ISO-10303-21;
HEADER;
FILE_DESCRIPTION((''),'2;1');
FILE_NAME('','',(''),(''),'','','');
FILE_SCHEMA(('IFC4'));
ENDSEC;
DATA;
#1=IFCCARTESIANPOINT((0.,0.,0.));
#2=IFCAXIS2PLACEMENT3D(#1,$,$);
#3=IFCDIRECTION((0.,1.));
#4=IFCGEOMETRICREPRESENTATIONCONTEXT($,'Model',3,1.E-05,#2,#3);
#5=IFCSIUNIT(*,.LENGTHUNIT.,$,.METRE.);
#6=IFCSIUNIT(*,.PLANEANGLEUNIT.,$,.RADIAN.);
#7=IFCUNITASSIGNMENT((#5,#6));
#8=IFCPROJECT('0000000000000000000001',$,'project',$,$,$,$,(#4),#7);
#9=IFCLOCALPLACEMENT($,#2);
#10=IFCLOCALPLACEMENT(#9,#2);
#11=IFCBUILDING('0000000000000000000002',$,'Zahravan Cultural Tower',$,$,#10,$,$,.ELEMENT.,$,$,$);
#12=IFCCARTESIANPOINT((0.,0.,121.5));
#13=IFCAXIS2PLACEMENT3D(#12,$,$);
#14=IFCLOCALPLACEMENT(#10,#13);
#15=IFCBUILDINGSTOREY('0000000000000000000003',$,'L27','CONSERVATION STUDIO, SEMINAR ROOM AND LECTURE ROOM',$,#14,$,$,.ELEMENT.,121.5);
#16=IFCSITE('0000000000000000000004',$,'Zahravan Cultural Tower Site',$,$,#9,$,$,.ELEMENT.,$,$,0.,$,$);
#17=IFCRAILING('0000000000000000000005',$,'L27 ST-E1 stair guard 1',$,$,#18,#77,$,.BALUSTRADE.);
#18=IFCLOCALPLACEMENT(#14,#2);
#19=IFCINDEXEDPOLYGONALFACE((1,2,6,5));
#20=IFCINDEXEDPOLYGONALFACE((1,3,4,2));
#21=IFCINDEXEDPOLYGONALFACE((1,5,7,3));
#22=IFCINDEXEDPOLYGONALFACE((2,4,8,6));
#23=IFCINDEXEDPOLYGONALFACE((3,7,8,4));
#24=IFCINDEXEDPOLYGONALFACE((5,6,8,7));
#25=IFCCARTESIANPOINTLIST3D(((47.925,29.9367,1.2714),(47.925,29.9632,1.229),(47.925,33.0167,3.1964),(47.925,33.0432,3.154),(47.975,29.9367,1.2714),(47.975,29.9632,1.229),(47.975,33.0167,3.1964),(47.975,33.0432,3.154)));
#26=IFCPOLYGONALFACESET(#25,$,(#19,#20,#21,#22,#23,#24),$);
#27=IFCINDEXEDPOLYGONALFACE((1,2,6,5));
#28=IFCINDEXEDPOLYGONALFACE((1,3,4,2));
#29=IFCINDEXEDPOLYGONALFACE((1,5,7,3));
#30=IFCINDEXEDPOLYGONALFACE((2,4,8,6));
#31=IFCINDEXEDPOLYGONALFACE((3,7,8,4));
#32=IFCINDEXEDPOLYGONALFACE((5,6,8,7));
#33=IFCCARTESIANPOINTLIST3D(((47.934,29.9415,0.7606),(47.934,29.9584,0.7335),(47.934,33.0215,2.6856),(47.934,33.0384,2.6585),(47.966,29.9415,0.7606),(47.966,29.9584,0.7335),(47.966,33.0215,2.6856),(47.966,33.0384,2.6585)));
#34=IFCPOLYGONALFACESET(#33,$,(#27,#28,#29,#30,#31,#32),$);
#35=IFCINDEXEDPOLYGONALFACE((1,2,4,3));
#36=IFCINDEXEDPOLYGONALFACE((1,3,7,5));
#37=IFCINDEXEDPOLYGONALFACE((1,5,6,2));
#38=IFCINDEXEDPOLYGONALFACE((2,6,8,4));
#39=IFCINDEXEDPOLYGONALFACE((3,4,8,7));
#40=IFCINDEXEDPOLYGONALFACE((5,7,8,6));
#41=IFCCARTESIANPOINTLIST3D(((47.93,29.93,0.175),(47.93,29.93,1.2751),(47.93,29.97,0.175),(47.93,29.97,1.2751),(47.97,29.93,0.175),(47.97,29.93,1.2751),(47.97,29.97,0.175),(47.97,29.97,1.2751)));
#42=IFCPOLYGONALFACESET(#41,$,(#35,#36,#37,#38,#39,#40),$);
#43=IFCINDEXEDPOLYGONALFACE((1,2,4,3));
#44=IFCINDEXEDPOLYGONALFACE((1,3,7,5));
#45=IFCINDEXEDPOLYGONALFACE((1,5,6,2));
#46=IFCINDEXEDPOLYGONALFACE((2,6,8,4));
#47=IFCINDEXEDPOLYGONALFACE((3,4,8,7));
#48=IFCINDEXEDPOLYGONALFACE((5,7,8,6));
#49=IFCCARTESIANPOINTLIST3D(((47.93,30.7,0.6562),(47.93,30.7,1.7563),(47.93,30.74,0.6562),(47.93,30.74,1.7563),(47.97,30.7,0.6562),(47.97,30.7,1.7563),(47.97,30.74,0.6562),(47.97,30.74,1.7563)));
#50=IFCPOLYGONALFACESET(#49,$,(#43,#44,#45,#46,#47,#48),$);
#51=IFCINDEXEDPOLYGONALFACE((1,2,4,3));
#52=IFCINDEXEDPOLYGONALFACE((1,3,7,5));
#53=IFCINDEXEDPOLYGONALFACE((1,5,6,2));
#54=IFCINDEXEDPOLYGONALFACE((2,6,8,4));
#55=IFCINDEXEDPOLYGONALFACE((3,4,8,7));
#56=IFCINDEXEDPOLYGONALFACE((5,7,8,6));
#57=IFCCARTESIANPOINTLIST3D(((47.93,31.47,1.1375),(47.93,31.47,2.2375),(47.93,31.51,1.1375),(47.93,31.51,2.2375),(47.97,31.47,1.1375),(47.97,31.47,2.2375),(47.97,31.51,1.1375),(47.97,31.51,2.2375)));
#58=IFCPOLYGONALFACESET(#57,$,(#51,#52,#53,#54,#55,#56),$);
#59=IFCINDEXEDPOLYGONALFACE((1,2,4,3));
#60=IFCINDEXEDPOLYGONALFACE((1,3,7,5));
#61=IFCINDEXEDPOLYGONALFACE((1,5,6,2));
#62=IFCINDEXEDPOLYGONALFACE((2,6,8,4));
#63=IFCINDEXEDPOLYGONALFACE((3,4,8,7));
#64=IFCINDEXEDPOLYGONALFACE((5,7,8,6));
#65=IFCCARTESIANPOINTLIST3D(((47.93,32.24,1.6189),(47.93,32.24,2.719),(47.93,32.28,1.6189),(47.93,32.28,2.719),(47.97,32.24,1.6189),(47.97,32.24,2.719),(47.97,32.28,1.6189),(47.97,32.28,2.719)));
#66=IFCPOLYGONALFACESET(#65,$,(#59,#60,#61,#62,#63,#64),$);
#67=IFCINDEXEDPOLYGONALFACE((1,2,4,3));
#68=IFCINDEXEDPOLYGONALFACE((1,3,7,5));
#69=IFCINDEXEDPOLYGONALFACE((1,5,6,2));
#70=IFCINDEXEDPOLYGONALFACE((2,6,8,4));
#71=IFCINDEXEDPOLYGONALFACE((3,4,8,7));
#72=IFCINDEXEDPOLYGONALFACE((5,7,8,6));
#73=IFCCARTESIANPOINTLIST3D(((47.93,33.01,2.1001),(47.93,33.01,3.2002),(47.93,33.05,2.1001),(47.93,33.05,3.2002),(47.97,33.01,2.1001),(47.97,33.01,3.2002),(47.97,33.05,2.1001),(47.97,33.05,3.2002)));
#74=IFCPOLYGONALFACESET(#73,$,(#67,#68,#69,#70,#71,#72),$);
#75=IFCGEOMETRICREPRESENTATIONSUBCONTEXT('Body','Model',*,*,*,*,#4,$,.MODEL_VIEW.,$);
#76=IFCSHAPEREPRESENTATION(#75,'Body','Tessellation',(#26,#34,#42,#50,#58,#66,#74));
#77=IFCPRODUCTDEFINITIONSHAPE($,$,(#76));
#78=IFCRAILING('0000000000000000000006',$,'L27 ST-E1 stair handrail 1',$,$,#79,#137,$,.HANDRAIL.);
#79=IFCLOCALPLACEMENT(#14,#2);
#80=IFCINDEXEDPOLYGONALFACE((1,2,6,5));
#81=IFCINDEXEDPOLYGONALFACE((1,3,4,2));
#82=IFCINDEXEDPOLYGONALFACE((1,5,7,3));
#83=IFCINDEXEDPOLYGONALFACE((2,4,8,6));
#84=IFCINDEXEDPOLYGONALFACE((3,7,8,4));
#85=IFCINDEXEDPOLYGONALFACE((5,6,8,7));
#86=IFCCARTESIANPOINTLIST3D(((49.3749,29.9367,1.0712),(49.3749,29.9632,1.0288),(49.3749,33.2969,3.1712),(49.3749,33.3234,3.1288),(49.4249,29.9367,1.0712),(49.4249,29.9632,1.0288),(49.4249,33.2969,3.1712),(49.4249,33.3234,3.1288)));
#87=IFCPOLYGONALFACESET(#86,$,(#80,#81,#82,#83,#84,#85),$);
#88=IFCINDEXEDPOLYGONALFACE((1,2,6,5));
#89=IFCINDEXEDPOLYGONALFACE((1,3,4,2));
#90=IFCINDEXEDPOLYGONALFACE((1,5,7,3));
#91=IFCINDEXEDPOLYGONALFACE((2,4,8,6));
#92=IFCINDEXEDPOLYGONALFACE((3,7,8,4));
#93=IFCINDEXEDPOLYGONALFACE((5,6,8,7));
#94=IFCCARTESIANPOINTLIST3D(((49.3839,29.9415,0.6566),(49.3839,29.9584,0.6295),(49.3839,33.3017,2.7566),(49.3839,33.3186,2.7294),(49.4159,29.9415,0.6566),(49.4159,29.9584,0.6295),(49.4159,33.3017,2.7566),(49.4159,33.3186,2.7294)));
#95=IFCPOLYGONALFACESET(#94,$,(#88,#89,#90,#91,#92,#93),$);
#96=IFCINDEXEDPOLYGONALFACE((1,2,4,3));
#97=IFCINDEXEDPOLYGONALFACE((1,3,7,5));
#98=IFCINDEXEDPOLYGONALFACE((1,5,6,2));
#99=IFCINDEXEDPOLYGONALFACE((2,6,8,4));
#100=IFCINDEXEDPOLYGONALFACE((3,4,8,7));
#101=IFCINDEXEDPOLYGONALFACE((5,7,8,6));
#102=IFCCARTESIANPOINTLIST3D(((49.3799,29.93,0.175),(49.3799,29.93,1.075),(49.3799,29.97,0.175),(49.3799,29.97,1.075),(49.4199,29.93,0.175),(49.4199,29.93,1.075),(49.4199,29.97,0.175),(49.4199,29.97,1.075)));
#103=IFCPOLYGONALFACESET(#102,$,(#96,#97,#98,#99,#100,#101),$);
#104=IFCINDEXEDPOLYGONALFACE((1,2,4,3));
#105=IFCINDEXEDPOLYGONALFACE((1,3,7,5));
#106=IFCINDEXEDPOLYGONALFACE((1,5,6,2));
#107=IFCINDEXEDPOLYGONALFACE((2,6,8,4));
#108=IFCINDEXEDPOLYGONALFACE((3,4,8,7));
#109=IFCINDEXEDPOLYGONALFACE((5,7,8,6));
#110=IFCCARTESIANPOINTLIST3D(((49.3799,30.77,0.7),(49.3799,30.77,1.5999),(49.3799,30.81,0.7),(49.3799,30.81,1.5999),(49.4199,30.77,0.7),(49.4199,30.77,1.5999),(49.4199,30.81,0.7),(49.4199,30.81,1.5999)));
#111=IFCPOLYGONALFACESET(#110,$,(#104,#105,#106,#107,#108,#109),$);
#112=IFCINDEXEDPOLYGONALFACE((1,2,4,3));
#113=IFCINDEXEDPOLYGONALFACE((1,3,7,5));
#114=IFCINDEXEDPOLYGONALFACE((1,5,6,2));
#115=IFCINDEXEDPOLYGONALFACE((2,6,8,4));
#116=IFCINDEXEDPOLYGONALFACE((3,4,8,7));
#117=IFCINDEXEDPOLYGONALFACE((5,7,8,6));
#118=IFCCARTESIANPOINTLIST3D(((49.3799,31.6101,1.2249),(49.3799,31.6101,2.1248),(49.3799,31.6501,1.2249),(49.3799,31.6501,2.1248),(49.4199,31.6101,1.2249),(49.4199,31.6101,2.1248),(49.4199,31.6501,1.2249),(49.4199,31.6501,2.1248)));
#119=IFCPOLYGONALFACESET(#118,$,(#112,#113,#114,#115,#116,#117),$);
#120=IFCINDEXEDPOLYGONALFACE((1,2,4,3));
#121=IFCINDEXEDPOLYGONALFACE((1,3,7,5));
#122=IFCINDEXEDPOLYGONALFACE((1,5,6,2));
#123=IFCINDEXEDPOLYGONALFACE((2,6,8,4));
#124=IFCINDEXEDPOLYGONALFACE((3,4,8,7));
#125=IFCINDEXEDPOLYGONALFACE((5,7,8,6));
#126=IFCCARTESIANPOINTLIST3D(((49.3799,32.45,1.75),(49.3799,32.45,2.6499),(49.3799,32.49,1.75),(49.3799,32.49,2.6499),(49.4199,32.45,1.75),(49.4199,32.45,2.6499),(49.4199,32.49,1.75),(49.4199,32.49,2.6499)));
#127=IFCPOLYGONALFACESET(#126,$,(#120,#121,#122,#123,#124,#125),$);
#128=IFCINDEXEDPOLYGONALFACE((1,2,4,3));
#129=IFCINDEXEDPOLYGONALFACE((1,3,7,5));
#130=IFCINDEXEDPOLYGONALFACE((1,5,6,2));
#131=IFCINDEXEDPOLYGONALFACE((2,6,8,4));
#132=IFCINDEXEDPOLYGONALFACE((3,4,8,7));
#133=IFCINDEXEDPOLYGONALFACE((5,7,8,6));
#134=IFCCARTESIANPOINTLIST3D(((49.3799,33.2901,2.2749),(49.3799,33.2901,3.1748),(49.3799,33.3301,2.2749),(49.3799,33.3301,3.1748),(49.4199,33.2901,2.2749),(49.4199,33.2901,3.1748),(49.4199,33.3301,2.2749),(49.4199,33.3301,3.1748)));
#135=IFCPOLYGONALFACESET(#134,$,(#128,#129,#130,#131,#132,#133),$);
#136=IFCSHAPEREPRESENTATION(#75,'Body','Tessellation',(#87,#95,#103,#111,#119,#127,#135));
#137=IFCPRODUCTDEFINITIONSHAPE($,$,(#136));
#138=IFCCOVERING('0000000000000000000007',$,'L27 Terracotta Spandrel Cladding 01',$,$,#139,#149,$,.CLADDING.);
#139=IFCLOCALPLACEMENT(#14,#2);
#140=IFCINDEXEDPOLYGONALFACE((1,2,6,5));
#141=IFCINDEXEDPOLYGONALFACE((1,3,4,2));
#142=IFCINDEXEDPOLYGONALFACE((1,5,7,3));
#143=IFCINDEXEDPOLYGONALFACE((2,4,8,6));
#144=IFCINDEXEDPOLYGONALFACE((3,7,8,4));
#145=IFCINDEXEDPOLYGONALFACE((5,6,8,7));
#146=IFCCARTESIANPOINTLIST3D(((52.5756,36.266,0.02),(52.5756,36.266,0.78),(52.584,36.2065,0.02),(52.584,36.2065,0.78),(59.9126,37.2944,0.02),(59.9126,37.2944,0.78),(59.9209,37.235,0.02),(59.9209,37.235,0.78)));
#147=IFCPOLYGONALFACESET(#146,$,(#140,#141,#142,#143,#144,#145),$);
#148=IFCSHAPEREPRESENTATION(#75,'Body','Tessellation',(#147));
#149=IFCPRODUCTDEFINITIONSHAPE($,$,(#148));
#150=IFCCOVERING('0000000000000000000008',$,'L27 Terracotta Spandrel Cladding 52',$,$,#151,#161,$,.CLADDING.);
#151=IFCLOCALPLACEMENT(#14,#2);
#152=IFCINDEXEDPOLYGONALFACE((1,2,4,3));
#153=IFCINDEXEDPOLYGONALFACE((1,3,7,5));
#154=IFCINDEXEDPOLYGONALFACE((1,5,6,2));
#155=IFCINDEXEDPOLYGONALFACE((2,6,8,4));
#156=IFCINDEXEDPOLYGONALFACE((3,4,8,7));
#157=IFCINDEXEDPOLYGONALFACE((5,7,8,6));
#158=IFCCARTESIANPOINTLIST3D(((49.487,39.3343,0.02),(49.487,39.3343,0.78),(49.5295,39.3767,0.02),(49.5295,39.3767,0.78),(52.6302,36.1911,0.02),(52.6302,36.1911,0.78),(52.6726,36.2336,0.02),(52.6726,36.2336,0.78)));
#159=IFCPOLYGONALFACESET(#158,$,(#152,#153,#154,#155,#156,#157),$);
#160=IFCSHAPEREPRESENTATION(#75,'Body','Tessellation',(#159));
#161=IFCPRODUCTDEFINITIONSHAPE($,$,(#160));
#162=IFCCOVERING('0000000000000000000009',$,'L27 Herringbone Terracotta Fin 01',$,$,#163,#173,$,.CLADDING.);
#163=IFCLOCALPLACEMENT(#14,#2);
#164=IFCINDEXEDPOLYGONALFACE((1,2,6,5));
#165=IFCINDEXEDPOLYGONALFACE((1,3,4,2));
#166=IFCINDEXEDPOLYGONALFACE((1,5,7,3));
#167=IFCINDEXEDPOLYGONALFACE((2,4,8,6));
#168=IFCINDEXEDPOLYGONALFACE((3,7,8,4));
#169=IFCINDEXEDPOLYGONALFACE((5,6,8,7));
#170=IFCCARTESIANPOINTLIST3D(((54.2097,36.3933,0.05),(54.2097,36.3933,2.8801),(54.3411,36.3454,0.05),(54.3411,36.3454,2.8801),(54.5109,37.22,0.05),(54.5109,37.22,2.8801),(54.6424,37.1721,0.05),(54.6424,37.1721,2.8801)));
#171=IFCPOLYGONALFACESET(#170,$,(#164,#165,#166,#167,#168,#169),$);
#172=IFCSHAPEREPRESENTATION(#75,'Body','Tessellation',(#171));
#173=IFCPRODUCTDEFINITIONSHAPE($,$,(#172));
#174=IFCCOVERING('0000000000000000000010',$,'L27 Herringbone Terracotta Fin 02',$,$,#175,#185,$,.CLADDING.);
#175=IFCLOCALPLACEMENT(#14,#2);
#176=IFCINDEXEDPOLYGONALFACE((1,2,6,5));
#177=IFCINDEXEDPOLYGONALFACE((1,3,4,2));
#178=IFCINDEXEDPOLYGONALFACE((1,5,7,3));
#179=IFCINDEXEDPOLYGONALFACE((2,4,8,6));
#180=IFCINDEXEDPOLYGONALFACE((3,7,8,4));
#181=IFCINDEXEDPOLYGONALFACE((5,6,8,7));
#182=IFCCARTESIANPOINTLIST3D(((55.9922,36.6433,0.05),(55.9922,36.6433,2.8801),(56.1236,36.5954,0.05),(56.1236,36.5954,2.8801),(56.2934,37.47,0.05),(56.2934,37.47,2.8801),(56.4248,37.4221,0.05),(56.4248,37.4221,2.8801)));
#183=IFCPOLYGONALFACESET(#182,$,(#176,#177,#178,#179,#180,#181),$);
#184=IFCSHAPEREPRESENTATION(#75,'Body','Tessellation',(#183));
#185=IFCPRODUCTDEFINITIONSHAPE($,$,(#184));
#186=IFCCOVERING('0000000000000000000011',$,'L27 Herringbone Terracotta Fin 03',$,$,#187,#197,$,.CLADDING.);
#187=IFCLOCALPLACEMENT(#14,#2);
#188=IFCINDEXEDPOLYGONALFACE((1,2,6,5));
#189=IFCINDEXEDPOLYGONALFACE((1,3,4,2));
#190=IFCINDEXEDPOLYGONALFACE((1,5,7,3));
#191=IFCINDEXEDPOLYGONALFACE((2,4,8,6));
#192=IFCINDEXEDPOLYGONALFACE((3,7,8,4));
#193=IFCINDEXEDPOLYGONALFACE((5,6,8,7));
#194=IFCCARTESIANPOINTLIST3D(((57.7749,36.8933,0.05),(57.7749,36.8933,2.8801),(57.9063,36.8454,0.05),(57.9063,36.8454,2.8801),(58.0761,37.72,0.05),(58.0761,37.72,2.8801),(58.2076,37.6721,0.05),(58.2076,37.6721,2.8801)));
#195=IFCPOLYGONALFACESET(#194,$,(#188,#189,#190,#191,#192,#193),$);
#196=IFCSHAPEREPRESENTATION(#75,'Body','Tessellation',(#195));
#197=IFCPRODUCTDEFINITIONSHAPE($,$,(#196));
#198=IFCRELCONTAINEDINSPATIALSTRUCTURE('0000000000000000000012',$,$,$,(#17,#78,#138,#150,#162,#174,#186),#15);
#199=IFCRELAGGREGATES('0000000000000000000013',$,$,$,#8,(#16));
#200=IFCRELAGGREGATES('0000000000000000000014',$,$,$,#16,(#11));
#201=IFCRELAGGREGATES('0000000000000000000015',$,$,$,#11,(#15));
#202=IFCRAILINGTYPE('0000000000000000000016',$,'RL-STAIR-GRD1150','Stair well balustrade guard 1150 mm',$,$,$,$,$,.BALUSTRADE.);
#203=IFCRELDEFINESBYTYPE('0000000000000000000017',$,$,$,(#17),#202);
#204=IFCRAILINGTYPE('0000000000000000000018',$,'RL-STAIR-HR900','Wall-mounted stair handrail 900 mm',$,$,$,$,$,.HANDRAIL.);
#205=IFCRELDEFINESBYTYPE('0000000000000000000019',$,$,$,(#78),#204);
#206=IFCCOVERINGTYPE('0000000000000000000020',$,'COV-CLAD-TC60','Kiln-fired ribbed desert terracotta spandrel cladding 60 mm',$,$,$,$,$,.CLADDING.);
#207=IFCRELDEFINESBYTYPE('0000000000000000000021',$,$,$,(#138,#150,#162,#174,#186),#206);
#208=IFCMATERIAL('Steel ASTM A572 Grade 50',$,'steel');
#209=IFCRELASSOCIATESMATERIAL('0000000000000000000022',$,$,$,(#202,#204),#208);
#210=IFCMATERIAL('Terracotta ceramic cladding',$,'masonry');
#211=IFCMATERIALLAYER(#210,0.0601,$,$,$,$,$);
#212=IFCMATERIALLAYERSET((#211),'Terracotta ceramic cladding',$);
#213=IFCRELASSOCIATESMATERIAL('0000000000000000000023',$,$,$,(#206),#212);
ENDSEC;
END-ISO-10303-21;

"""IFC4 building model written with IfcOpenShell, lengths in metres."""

from ifc_helpers import new_model, si_unit, direction, frame, origin, origin_2d, place, context, subcontext, project, spatial, rectangle, extrude, source, transform, mapped, material, layer, layer_set, type_object, element, save


model = new_model("IFC4")

# Units and contexts
model_context = context("Model", 3, precision=1e-05, world=origin(), true_north=direction((0.0, 1.0)))
body_context = subcontext(model_context, "Body", "Model", "MODEL_VIEW")
ifc_project = project(units=[si_unit("LENGTHUNIT", "METRE"), si_unit("PLANEANGLEUNIT", "RADIAN")], contexts=[model_context])

# Site, building, storey
site_placement = place(None, origin())
site = spatial("IfcSite", under=ifc_project, at=site_placement, Name="Zahravan Cultural Tower Site", CompositionType="ELEMENT", RefElevation=0.0)
building_placement = place(site_placement, origin())
building = spatial("IfcBuilding", under=site, at=building_placement, Name="Zahravan Cultural Tower", CompositionType="ELEMENT")
storey_placement = place(building_placement, frame((0.0, 0.0, 121.5)))
storey = spatial("IfcBuildingStorey", under=building, at=storey_placement, Name="L27", Description="CONSERVATION STUDIO, SEMINAR ROOM AND LECTURE ROOM", CompositionType="ELEMENT", Elevation=121.5)

# Railings
ifc_material_1 = material(Name="Steel ASTM A572 Grade 50", Category="steel")
railing_type_1 = type_object("IfcRailingType", Name="RL-STAIR-GRD1150", Description="Stair well balustrade guard 1150 mm", PredefinedType="BALUSTRADE", material=ifc_material_1)
railing_1_placement = place(storey_placement, frame((47.95, 29.95, 0.175)))
element("IfcRailing", 1, at=railing_1_placement, inside=storey, type_object=railing_type_1, Name="L27 ST-E1 stair guard 1", PredefinedType="BALUSTRADE", context=body_context, shape_type="SweptSolid", body=[
    extrude(rectangle(XDim=0.05, YDim=0.05, at=origin_2d()), frame((0.0, 0.0, 1.0752), z_axis=(0.0, 0.847998, 0.529999), x_axis=(-1.0, 0.0, 0.0)), (0.0, 0.0, 1.0), 3.6321),
    extrude(rectangle(XDim=0.032, YDim=0.032, at=origin_2d()), frame((0.0, 0.0, 0.572), z_axis=(0.0, 0.847998, 0.529999), x_axis=(-1.0, 0.0, 0.0)), (0.0, 0.0, 1.0), 3.6321),
    extrude(rectangle(XDim=0.04, YDim=0.04, at=origin_2d()), origin(), (0.0, 0.0, 1.0), 1.1001),
    extrude(rectangle(XDim=0.04, YDim=0.04, at=origin_2d()), frame((0.0, 0.77, 0.4812)), (0.0, 0.0, 1.0), 1.1001),
    extrude(rectangle(XDim=0.04, YDim=0.04, at=origin_2d()), frame((0.0, 1.54, 0.9624)), (0.0, 0.0, 1.0), 1.1001),
    extrude(rectangle(XDim=0.04, YDim=0.04, at=origin_2d()), frame((0.0, 2.3101, 1.4438)), (0.0, 0.0, 1.0), 1.1001),
    extrude(rectangle(XDim=0.04, YDim=0.04, at=origin_2d()), frame((0.0, 3.0801, 1.925)), (0.0, 0.0, 1.0), 1.1001),
])
railing_type_2 = type_object("IfcRailingType", Name="RL-STAIR-HR900", Description="Wall-mounted stair handrail 900 mm", PredefinedType="HANDRAIL", material=ifc_material_1)
railing_2_placement = place(storey_placement, frame((49.3999, 29.95, 0.175)))
element("IfcRailing", 2, at=railing_2_placement, inside=storey, type_object=railing_type_2, Name="L27 ST-E1 stair handrail 1", PredefinedType="HANDRAIL", context=body_context, shape_type="SweptSolid", body=[
    extrude(rectangle(XDim=0.05, YDim=0.05, at=origin_2d()), frame((0.0, 0.0, 0.875), z_axis=(0.0, 0.848023, 0.52996), x_axis=(-1.0, 0.0, 0.0)), (0.0, 0.0, 1.0), 3.9624),
    extrude(rectangle(XDim=0.032, YDim=0.032, at=origin_2d()), frame((0.0, 0.0, 0.468), z_axis=(0.0, 0.848023, 0.52996), x_axis=(-1.0, 0.0, 0.0)), (0.0, 0.0, 1.0), 3.9624),
    extrude(rectangle(XDim=0.04, YDim=0.04, at=origin_2d()), origin(), (0.0, 0.0, 1.0), 0.8999),
    extrude(rectangle(XDim=0.04, YDim=0.04, at=origin_2d()), frame((0.0, 0.8401, 0.5249)), (0.0, 0.0, 1.0), 0.8999),
    extrude(rectangle(XDim=0.04, YDim=0.04, at=origin_2d()), frame((0.0, 1.6802, 1.0498)), (0.0, 0.0, 1.0), 0.8999),
    extrude(rectangle(XDim=0.04, YDim=0.04, at=origin_2d()), frame((0.0, 2.52, 1.575)), (0.0, 0.0, 1.0), 0.8999),
    extrude(rectangle(XDim=0.04, YDim=0.04, at=origin_2d()), frame((0.0, 3.3601, 2.0999)), (0.0, 0.0, 1.0), 0.8999),
])

# Coverings
ifc_material_2 = material(Name="Terracotta ceramic cladding", Category="masonry")
ifc_layer_1 = layer(ifc_material_2, 0.0601)
ifc_layer_set_1 = layer_set([ifc_layer_1], Name="Terracotta ceramic cladding")
covering_type = type_object("IfcCoveringType", Name="COV-CLAD-TC60", Description="Kiln-fired ribbed desert terracotta spandrel cladding 60 mm", PredefinedType="CLADDING", material=ifc_layer_set_1)
shared_shape_1 = source(origin(), body_context, "Body", "SweptSolid", [
    extrude(rectangle(XDim=7.4087, YDim=0.0601, at=origin_2d()), origin(), (0.0, 0.0, 1.0), 0.76),
])
covering_1_placement = place(storey_placement, frame((56.2483, 36.7505, 0.02), z_axis=(0.0, 0.0, 1.0), x_axis=(0.990319, 0.13881, 0.0)))
element("IfcCovering", 3, at=covering_1_placement, inside=storey, type_object=covering_type, Name="L27 Terracotta Spandrel Cladding 01", PredefinedType="CLADDING", context=body_context, shape_type="MappedRepresentation", body=[
    mapped(shared_shape_1, transform((0.0, 0.0, 0.0), x_axis=(1.0, 0.0, 0.0), y_axis=(0.0, 1.0, 0.0), z_axis=(0.0, 0.0, 1.0), scale=1.0)),
])
shared_shape_2 = source(origin(), body_context, "Body", "SweptSolid", [
    extrude(rectangle(XDim=4.4451, YDim=0.0601, at=origin_2d()), origin(), (0.0, 0.0, 1.0), 0.76),
])
covering_2_placement = place(storey_placement, frame((51.0798, 37.7839, 0.02), z_axis=(0.0, 0.0, 1.0), x_axis=(0.707107, -0.707107, 0.0)))
element("IfcCovering", 4, at=covering_2_placement, inside=storey, type_object=covering_type, Name="L27 Terracotta Spandrel Cladding 52", PredefinedType="CLADDING", context=body_context, shape_type="MappedRepresentation", body=[
    mapped(shared_shape_2, transform((0.0, 0.0, 0.0), x_axis=(1.0, 0.0, 0.0), y_axis=(0.0, 1.0, 0.0), z_axis=(0.0, 0.0, 1.0), scale=1.0)),
])
shared_shape_3 = source(origin(), body_context, "Body", "SweptSolid", [
    extrude(rectangle(XDim=0.8799, YDim=0.1399, at=origin_2d()), origin(), (0.0, 0.0, 1.0), 2.8301),
])
for number, where, z_axis, x_axis, name in (
    (5, (54.426, 36.7827, 0.05), (0.0, 0.0, 1.0), (0.342365, 0.939567, 0.0), "L27 Herringbone Terracotta Fin 01"),
    (6, (56.2085, 37.0327, 0.05), (0.0, 0.0, 1.0), (0.342365, 0.939567, 0.0), "L27 Herringbone Terracotta Fin 02"),
    (7, (57.9912, 37.2827, 0.05), (0.0, 0.0, 1.0), (0.342365, 0.939567, 0.0), "L27 Herringbone Terracotta Fin 03"),
):
    element("IfcCovering", number, at=place(storey_placement, frame(where, z_axis=z_axis, x_axis=x_axis)), inside=storey, type_object=covering_type, Name=name, PredefinedType="CLADDING", context=body_context, shape_type="MappedRepresentation", body=[
        mapped(shared_shape_3, transform((0.0, 0.0, 0.0), x_axis=(1.0, 0.0, 0.0), y_axis=(0.0, 1.0, 0.0), z_axis=(0.0, 0.0, 1.0), scale=1.0)),
    ])

save(model, "model.ifc")
